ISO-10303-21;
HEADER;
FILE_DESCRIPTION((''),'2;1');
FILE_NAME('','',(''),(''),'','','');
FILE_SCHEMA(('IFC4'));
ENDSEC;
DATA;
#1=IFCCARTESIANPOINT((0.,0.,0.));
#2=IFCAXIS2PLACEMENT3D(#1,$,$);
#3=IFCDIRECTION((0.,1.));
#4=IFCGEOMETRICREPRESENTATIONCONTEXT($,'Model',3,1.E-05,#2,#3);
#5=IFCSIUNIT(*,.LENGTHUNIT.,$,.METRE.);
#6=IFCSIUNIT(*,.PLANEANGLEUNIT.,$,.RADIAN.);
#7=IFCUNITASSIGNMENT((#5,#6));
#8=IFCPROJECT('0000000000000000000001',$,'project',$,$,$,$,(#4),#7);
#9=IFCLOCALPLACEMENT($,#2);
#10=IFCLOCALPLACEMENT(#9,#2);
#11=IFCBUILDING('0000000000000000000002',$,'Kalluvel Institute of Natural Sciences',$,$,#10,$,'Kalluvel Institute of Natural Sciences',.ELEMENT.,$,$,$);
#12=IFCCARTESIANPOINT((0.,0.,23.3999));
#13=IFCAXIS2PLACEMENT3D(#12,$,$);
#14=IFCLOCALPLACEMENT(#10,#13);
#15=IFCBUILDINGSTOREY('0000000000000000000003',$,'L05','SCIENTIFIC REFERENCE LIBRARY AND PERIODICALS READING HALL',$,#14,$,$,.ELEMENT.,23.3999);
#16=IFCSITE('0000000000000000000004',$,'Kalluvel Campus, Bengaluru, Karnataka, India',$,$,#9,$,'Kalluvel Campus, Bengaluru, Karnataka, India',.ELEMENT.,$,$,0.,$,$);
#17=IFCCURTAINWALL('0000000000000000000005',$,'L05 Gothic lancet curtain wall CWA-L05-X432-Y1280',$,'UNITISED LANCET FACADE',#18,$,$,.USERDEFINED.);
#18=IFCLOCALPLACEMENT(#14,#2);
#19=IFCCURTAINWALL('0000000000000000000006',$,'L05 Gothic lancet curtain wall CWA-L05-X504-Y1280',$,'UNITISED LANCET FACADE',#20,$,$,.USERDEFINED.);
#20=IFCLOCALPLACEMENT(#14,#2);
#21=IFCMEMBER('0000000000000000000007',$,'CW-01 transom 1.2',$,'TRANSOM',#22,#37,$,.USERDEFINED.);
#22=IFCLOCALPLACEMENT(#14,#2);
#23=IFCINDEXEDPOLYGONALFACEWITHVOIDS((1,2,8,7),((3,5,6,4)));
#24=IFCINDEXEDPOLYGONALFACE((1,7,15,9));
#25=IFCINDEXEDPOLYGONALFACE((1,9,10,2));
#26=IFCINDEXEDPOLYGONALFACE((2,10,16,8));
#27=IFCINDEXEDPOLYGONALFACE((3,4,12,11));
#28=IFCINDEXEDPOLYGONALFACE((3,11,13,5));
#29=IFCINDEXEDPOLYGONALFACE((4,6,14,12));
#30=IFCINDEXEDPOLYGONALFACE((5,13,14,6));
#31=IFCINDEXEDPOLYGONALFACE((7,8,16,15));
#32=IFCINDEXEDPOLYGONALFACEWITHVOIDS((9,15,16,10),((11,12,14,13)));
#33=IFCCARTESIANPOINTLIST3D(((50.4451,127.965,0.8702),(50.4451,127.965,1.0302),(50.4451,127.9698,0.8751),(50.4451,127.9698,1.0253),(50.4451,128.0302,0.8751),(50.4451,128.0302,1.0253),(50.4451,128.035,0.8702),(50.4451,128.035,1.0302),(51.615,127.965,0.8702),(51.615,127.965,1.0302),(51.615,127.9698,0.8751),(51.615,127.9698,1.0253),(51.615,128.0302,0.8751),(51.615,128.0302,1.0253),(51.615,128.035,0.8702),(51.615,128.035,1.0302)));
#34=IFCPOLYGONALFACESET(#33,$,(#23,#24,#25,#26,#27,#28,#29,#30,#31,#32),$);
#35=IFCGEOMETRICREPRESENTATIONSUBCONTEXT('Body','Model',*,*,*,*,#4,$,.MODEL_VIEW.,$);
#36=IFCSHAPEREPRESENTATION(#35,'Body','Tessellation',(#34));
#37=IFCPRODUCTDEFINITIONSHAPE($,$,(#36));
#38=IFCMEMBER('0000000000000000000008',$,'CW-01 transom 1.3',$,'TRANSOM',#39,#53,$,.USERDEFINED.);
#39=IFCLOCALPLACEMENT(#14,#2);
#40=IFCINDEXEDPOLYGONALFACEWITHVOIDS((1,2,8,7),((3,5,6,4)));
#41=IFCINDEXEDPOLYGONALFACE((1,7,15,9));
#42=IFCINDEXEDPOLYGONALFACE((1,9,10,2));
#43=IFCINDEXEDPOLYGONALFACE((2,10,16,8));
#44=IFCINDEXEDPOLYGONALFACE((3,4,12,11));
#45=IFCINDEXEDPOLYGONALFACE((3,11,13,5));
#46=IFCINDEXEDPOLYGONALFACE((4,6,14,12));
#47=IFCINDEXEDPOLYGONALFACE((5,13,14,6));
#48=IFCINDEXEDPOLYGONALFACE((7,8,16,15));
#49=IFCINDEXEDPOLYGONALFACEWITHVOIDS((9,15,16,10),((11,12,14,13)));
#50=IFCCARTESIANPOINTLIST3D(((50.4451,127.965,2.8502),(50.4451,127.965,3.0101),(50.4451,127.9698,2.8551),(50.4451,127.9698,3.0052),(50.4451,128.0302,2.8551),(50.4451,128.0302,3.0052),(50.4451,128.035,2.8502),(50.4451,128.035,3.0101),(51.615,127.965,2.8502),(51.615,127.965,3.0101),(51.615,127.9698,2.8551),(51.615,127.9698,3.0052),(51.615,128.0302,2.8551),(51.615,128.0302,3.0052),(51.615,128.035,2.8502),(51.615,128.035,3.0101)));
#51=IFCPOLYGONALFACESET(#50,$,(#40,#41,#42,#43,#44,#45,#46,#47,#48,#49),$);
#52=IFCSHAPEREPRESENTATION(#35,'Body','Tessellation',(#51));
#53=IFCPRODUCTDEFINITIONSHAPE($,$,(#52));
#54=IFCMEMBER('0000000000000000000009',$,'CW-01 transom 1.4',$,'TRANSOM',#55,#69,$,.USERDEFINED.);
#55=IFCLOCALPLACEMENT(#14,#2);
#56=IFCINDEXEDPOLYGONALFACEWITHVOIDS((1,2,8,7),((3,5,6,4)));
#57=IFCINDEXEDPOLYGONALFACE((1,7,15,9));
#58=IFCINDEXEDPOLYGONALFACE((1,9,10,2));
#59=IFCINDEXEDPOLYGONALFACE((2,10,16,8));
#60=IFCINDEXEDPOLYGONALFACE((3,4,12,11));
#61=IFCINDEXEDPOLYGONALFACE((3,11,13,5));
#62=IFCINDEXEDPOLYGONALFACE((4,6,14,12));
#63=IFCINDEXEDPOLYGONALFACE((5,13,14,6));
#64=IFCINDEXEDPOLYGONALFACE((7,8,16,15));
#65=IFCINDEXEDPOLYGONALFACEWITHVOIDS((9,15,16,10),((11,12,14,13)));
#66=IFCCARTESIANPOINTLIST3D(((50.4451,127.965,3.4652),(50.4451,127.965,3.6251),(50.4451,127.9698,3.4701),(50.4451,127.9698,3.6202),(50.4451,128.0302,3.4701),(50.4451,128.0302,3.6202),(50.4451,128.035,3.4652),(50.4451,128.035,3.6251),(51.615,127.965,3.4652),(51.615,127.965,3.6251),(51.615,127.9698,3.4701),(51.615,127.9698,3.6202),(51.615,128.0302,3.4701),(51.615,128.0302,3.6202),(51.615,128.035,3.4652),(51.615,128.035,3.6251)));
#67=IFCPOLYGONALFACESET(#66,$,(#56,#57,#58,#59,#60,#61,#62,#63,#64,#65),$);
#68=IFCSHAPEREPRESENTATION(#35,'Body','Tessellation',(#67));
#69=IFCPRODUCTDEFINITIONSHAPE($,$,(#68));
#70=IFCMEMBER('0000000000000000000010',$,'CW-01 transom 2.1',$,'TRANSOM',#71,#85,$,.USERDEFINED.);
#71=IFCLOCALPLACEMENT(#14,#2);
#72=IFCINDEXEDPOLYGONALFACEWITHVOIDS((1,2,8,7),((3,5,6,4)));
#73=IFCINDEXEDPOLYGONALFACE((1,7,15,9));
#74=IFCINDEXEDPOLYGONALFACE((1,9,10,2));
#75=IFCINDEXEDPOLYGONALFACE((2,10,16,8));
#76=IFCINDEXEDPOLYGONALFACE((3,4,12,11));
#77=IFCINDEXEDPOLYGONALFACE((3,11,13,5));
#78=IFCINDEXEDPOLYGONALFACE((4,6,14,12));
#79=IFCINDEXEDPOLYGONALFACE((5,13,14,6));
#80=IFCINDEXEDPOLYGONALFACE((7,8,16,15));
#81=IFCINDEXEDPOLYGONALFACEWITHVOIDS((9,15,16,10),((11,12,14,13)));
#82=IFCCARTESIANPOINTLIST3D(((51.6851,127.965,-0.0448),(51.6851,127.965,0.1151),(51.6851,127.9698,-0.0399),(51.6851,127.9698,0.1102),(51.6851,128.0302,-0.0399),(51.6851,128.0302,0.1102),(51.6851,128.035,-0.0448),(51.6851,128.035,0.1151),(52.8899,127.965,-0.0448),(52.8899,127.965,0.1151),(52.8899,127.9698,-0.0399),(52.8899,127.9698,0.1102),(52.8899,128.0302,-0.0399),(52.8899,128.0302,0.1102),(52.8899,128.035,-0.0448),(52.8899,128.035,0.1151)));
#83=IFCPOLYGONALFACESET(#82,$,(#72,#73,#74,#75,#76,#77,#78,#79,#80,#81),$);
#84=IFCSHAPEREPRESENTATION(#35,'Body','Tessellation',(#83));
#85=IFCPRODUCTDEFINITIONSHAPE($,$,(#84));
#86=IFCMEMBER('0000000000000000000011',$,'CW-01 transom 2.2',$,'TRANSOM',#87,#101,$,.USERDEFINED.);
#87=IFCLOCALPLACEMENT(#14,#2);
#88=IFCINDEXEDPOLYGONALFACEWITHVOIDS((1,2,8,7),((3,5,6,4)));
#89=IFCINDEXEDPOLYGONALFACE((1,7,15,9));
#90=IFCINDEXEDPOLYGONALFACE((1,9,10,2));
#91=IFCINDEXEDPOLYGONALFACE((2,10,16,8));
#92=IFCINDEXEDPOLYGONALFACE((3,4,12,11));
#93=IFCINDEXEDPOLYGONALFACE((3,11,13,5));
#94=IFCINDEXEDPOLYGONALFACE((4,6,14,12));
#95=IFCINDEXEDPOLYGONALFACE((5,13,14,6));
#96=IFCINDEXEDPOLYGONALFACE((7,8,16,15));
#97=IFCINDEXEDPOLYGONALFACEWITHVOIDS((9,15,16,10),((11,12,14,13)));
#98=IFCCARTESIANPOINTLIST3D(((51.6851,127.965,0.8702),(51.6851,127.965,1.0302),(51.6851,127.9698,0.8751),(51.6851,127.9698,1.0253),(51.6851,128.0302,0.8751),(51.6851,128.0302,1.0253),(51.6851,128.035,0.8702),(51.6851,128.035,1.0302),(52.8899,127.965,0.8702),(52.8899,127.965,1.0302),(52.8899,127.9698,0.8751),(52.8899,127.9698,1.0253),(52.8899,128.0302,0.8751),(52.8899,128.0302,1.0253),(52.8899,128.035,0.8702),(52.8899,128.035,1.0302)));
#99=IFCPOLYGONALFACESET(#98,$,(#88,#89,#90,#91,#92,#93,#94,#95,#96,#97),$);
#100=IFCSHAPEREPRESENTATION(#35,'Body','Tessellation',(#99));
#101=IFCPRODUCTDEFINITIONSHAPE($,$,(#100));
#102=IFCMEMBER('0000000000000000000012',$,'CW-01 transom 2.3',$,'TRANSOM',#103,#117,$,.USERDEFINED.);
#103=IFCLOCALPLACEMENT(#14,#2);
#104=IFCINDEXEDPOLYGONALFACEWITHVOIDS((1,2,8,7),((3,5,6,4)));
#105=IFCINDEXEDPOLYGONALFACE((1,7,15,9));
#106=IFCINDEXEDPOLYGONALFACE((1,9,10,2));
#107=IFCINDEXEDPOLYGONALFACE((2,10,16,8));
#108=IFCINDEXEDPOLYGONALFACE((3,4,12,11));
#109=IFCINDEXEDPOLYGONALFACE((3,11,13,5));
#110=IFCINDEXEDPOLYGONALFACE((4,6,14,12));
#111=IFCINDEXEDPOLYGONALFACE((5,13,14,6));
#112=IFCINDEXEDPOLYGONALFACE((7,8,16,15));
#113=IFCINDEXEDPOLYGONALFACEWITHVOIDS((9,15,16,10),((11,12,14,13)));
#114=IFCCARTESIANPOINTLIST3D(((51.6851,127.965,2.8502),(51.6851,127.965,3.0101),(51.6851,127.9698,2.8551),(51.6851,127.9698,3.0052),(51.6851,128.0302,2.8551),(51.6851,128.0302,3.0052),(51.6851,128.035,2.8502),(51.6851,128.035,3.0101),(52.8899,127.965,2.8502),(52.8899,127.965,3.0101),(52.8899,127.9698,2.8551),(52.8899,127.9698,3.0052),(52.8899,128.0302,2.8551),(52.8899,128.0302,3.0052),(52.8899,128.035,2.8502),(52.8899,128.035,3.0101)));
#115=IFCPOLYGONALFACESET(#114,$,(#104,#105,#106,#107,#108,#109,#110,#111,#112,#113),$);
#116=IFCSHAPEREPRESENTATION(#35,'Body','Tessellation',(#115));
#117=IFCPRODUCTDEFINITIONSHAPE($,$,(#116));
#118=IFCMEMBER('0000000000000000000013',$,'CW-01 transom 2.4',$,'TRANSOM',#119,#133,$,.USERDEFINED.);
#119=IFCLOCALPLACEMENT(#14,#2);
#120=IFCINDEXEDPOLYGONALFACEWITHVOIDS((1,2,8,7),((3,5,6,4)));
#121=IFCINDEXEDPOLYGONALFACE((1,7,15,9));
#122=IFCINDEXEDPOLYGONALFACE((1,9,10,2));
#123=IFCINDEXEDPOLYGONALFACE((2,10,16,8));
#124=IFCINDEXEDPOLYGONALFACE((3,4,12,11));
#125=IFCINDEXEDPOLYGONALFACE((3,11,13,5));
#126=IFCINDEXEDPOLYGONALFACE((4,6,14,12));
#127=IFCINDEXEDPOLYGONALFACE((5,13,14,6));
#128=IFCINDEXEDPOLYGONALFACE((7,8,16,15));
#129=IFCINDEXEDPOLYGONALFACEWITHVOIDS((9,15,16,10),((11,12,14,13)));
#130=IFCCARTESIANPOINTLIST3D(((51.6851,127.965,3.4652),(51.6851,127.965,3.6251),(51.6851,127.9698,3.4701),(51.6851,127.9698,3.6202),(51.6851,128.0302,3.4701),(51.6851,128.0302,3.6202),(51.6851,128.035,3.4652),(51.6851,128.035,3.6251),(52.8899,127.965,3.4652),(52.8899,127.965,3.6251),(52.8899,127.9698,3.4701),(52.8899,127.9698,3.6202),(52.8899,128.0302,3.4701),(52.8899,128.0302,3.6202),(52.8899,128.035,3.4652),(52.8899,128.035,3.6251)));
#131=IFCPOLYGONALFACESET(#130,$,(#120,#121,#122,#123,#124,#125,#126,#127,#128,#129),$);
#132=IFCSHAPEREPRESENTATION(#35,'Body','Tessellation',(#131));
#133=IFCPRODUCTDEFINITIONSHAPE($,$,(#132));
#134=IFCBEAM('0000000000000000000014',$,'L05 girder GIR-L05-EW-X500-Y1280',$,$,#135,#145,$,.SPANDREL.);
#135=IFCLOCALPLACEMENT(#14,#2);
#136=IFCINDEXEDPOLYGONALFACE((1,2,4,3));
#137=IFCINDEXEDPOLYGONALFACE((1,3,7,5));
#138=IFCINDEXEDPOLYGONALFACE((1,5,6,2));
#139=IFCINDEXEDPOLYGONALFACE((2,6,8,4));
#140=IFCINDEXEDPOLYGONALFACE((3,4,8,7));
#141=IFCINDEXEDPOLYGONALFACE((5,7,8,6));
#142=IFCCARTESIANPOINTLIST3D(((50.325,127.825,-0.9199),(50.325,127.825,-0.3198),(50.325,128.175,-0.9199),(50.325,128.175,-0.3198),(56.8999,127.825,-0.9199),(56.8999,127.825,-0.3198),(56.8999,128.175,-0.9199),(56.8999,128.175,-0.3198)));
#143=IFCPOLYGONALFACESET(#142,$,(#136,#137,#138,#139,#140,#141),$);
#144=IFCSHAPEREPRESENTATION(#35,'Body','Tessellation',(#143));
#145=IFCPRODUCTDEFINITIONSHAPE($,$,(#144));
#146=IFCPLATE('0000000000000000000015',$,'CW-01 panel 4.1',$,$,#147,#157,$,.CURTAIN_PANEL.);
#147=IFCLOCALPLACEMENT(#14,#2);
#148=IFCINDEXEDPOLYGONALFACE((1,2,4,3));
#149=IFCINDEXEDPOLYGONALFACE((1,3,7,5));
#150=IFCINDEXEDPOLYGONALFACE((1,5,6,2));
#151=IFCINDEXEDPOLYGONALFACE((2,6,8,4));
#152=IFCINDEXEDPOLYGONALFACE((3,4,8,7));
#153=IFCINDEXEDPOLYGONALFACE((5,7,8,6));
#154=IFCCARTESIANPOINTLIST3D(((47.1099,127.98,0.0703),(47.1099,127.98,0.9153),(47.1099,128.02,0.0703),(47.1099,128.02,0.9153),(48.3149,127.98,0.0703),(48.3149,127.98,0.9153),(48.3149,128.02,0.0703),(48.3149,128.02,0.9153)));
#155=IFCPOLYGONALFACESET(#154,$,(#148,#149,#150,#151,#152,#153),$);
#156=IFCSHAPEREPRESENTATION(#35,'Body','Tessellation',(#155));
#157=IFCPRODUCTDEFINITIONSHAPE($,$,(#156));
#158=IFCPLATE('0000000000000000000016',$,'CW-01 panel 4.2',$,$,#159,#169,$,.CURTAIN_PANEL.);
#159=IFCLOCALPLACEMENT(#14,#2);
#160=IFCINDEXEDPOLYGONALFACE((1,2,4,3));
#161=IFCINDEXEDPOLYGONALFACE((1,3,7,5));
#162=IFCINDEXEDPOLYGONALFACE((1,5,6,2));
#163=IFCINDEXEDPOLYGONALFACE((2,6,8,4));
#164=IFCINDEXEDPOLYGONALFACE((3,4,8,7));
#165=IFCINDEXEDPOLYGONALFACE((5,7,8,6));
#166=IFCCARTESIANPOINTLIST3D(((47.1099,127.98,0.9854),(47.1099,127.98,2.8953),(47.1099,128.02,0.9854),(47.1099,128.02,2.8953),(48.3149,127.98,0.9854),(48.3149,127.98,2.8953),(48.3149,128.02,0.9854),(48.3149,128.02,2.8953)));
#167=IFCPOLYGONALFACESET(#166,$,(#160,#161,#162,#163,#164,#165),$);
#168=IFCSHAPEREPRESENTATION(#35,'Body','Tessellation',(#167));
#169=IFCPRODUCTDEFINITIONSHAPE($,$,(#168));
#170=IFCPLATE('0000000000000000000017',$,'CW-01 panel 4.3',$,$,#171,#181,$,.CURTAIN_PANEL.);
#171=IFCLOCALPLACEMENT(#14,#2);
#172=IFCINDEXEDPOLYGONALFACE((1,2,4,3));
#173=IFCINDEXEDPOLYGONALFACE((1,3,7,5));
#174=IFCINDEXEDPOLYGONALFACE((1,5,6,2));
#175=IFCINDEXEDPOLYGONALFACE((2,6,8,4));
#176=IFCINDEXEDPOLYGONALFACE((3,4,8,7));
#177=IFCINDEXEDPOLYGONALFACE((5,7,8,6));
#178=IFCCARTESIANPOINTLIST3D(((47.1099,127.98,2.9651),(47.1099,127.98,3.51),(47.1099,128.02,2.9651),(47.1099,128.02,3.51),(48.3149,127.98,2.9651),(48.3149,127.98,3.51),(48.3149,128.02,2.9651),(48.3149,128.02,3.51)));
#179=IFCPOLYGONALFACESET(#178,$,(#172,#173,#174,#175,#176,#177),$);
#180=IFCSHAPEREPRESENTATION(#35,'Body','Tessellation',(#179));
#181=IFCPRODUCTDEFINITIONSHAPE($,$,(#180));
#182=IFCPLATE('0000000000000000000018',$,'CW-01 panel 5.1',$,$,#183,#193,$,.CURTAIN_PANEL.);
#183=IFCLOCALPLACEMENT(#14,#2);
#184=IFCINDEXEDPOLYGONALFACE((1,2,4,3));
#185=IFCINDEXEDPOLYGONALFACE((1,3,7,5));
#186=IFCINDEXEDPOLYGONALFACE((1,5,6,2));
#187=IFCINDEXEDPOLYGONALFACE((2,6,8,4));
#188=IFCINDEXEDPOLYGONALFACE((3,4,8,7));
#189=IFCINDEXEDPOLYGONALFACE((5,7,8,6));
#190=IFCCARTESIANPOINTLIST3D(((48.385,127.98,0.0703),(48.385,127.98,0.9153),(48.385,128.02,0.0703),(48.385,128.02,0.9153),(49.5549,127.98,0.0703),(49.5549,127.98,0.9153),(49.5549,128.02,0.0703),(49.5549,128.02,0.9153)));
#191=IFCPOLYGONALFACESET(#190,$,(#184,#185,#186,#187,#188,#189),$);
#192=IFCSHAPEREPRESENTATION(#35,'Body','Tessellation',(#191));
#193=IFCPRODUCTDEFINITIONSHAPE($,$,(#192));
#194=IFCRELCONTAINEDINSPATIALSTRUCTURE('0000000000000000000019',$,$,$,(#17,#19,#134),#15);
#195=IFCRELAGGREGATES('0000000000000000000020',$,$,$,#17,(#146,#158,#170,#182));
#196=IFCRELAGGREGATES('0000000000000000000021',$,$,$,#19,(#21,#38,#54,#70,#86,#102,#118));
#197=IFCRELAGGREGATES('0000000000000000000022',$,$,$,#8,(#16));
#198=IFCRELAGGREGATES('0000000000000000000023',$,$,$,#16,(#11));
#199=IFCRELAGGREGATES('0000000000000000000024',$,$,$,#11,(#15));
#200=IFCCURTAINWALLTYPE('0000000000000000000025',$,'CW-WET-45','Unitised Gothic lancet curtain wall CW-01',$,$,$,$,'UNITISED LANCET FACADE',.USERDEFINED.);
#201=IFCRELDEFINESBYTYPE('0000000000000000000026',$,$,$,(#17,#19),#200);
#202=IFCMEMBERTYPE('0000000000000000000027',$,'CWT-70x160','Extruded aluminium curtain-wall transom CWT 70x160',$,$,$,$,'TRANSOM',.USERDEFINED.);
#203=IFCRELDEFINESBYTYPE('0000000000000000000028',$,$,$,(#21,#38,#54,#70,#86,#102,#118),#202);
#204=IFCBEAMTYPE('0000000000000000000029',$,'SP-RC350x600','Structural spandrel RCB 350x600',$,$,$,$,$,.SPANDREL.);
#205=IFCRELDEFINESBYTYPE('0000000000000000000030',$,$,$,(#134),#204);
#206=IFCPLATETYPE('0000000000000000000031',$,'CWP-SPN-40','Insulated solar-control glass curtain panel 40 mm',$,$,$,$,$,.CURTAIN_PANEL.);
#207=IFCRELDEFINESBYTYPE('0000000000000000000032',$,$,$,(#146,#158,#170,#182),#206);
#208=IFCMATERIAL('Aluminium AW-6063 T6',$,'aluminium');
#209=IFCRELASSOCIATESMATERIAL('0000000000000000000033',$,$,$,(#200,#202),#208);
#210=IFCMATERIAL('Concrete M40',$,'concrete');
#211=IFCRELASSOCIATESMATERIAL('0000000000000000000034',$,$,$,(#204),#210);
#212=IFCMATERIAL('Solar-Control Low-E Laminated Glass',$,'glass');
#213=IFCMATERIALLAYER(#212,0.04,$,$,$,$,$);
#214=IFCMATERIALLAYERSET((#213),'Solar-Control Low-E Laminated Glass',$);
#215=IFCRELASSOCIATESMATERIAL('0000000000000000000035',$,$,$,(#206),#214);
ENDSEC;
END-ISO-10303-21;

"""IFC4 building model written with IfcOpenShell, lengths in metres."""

from ifc_helpers import new_model, si_unit, direction, frame, origin, origin_2d, place, context, subcontext, project, spatial, rectangle, hollow_rectangle, extrude, material, layer, layer_set, material_profile, profile_set, type_object, element, aggregate, save


model = new_model("IFC4")

# Units and contexts
model_context = context("Model", 3, precision=1e-05, world=origin(), true_north=direction((0.0, 1.0)))
body_context = subcontext(model_context, "Body", "Model", "MODEL_VIEW")
ifc_project = project(units=[si_unit("LENGTHUNIT", "METRE"), si_unit("PLANEANGLEUNIT", "RADIAN")], contexts=[model_context])

# Site, building, storey
site_placement = place(None, origin())
site = spatial("IfcSite", under=ifc_project, at=site_placement, Name="Kalluvel Campus, Bengaluru, Karnataka, India", LongName="Kalluvel Campus, Bengaluru, Karnataka, India", CompositionType="ELEMENT", RefElevation=0.0)
building_placement = place(site_placement, origin())
building = spatial("IfcBuilding", under=site, at=building_placement, Name="Kalluvel Institute of Natural Sciences", LongName="Kalluvel Institute of Natural Sciences", CompositionType="ELEMENT")
storey_placement = place(building_placement, frame((0.0, 0.0, 23.3999)))
storey = spatial("IfcBuildingStorey", under=building, at=storey_placement, Name="L05", Description="SCIENTIFIC REFERENCE LIBRARY AND PERIODICALS READING HALL", CompositionType="ELEMENT", Elevation=23.3999)

# Shared definitions
ifc_material_1 = material(Name="Concrete M40", Category="concrete")

# Curtain walls
ifc_material_2 = material(Name="Aluminium AW-6063 T6", Category="aluminium")
curtain_wall_type = type_object("IfcCurtainWallType", Name="CW-WET-45", Description="Unitised Gothic lancet curtain wall CW-01", ElementType="UNITISED LANCET FACADE", PredefinedType="USERDEFINED", material=ifc_material_2)
curtain_wall_1_placement = place(storey_placement, origin())
curtain_wall_1 = element("IfcCurtainWall", 1, at=curtain_wall_1_placement, inside=storey, type_object=curtain_wall_type, Name="L05 Gothic lancet curtain wall CWA-L05-X432-Y1280", ObjectType="UNITISED LANCET FACADE", PredefinedType="USERDEFINED")
curtain_wall_2_placement = place(storey_placement, origin())
curtain_wall_2 = element("IfcCurtainWall", 2, at=curtain_wall_2_placement, inside=storey, type_object=curtain_wall_type, Name="L05 Gothic lancet curtain wall CWA-L05-X504-Y1280", ObjectType="UNITISED LANCET FACADE", PredefinedType="USERDEFINED")

# Members
ifc_material_profile_1 = material_profile(ifc_material_2, hollow_rectangle(XDim=0.0701, YDim=0.1599, WallThickness=0.0049, at=origin_2d()), Name="CWT 70x160")
ifc_profile_set_1 = profile_set([ifc_material_profile_1], Name="Aluminium AW-6063 T6")
member_type_1 = type_object("IfcMemberType", Name="CWT-70x160", Description="Extruded aluminium curtain-wall transom CWT 70x160", ElementType="TRANSOM", PredefinedType="USERDEFINED", material=ifc_profile_set_1)
member_1_placement = place(storey_placement, frame((50.4451, 128.0, 0.9502), z_axis=(1.0, 0.0, 0.0), x_axis=(0.0, 1.0, 0.0)))
member_1 = element("IfcMember", 3, at=member_1_placement, type_object=member_type_1, Name="CW-01 transom 1.2", ObjectType="TRANSOM", PredefinedType="USERDEFINED", context=body_context, shape_type="SweptSolid", body=[
    extrude(hollow_rectangle(XDim=0.0701, YDim=0.1599, WallThickness=0.0049, at=origin_2d()), origin(), (0.0, 0.0, 1.0), 1.1699),
])
member_2_placement = place(storey_placement, frame((50.4451, 128.0, 2.9302), z_axis=(1.0, 0.0, 0.0), x_axis=(0.0, 1.0, 0.0)))
member_2 = element("IfcMember", 4, at=member_2_placement, type_object=member_type_1, Name="CW-01 transom 1.3", ObjectType="TRANSOM", PredefinedType="USERDEFINED", context=body_context, shape_type="SweptSolid", body=[
    extrude(hollow_rectangle(XDim=0.0701, YDim=0.1599, WallThickness=0.0049, at=origin_2d()), origin(), (0.0, 0.0, 1.0), 1.1699),
])
member_3_placement = place(storey_placement, frame((50.4451, 128.0, 3.5452), z_axis=(1.0, 0.0, 0.0), x_axis=(0.0, 1.0, 0.0)))
member_3 = element("IfcMember", 5, at=member_3_placement, type_object=member_type_1, Name="CW-01 transom 1.4", ObjectType="TRANSOM", PredefinedType="USERDEFINED", context=body_context, shape_type="SweptSolid", body=[
    extrude(hollow_rectangle(XDim=0.0701, YDim=0.1599, WallThickness=0.0049, at=origin_2d()), origin(), (0.0, 0.0, 1.0), 1.1699),
])
member_4_placement = place(storey_placement, frame((51.6851, 128.0, 0.0352), z_axis=(1.0, 0.0, 0.0), x_axis=(0.0, 1.0, 0.0)))
member_4 = element("IfcMember", 6, at=member_4_placement, type_object=member_type_1, Name="CW-01 transom 2.1", ObjectType="TRANSOM", PredefinedType="USERDEFINED", context=body_context, shape_type="SweptSolid", body=[
    extrude(hollow_rectangle(XDim=0.0701, YDim=0.1599, WallThickness=0.0049, at=origin_2d()), origin(), (0.0, 0.0, 1.0), 1.2048),
])
member_5_placement = place(storey_placement, frame((51.6851, 128.0, 0.9502), z_axis=(1.0, 0.0, 0.0), x_axis=(0.0, 1.0, 0.0)))
member_5 = element("IfcMember", 7, at=member_5_placement, type_object=member_type_1, Name="CW-01 transom 2.2", ObjectType="TRANSOM", PredefinedType="USERDEFINED", context=body_context, shape_type="SweptSolid", body=[
    extrude(hollow_rectangle(XDim=0.0701, YDim=0.1599, WallThickness=0.0049, at=origin_2d()), origin(), (0.0, 0.0, 1.0), 1.2048),
])
member_6_placement = place(storey_placement, frame((51.6851, 128.0, 2.9302), z_axis=(1.0, 0.0, 0.0), x_axis=(0.0, 1.0, 0.0)))
member_6 = element("IfcMember", 8, at=member_6_placement, type_object=member_type_1, Name="CW-01 transom 2.3", ObjectType="TRANSOM", PredefinedType="USERDEFINED", context=body_context, shape_type="SweptSolid", body=[
    extrude(hollow_rectangle(XDim=0.0701, YDim=0.1599, WallThickness=0.0049, at=origin_2d()), origin(), (0.0, 0.0, 1.0), 1.2048),
])
member_7_placement = place(storey_placement, frame((51.6851, 128.0, 3.5452), z_axis=(1.0, 0.0, 0.0), x_axis=(0.0, 1.0, 0.0)))
member_7 = element("IfcMember", 9, at=member_7_placement, type_object=member_type_1, Name="CW-01 transom 2.4", ObjectType="TRANSOM", PredefinedType="USERDEFINED", context=body_context, shape_type="SweptSolid", body=[
    extrude(hollow_rectangle(XDim=0.0701, YDim=0.1599, WallThickness=0.0049, at=origin_2d()), origin(), (0.0, 0.0, 1.0), 1.2048),
])

# Beam
ifc_material_profile_2 = material_profile(ifc_material_1, rectangle(XDim=0.3501, YDim=0.6001, at=origin_2d()), Name="RCB 350x600")
ifc_profile_set_2 = profile_set([ifc_material_profile_2], Name="Concrete M40")
beam_type = type_object("IfcBeamType", Name="SP-RC350x600", Description="Structural spandrel RCB 350x600", PredefinedType="SPANDREL", material=ifc_profile_set_2)
beam_placement = place(storey_placement, frame((50.325, 128.0, -0.6199), z_axis=(1.0, 0.0, 0.0), x_axis=(0.0, 1.0, 0.0)))
element("IfcBeam", 10, at=beam_placement, inside=storey, type_object=beam_type, Name="L05 girder GIR-L05-EW-X500-Y1280", PredefinedType="SPANDREL", context=body_context, shape_type="SweptSolid", body=[
    extrude(rectangle(XDim=0.3501, YDim=0.6001, at=origin_2d()), origin(), (0.0, 0.0, 1.0), 6.575),
])

# Plates
ifc_material_3 = material(Name="Solar-Control Low-E Laminated Glass", Category="glass")
ifc_layer = layer(ifc_material_3, 0.04)
ifc_layer_set = layer_set([ifc_layer], Name="Solar-Control Low-E Laminated Glass")
plate_type = type_object("IfcPlateType", Name="CWP-SPN-40", Description="Insulated solar-control glass curtain panel 40 mm", PredefinedType="CURTAIN_PANEL", material=ifc_layer_set)
plate_1_placement = place(storey_placement, frame((47.7124, 128.0, 0.0703), z_axis=(0.0, 0.0, 1.0), x_axis=(1.0, 0.0, 0.0)))
plate_1 = element("IfcPlate", 11, at=plate_1_placement, type_object=plate_type, Name="CW-01 panel 4.1", PredefinedType="CURTAIN_PANEL", context=body_context, shape_type="SweptSolid", body=[
    extrude(rectangle(XDim=1.2051, YDim=0.04, at=origin_2d()), origin(), (0.0, 0.0, 1.0), 0.845),
])
plate_2_placement = place(storey_placement, frame((47.7124, 128.0, 0.9854), z_axis=(0.0, 0.0, 1.0), x_axis=(1.0, 0.0, 0.0)))
plate_2 = element("IfcPlate", 12, at=plate_2_placement, type_object=plate_type, Name="CW-01 panel 4.2", PredefinedType="CURTAIN_PANEL", context=body_context, shape_type="SweptSolid", body=[
    extrude(rectangle(XDim=1.2051, YDim=0.04, at=origin_2d()), origin(), (0.0, 0.0, 1.0), 1.9099),
])
plate_3_placement = place(storey_placement, frame((47.7124, 128.0, 2.9651), z_axis=(0.0, 0.0, 1.0), x_axis=(1.0, 0.0, 0.0)))
plate_3 = element("IfcPlate", 13, at=plate_3_placement, type_object=plate_type, Name="CW-01 panel 4.3", PredefinedType="CURTAIN_PANEL", context=body_context, shape_type="SweptSolid", body=[
    extrude(rectangle(XDim=1.2051, YDim=0.04, at=origin_2d()), origin(), (0.0, 0.0, 1.0), 0.5449),
])
plate_4_placement = place(storey_placement, frame((48.97, 128.0, 0.0703), z_axis=(0.0, 0.0, 1.0), x_axis=(1.0, 0.0, 0.0)))
plate_4 = element("IfcPlate", 14, at=plate_4_placement, type_object=plate_type, Name="CW-01 panel 5.1", PredefinedType="CURTAIN_PANEL", context=body_context, shape_type="SweptSolid", body=[
    extrude(rectangle(XDim=1.1699, YDim=0.04, at=origin_2d()), origin(), (0.0, 0.0, 1.0), 0.845),
])
aggregate(curtain_wall_1, [plate_1, plate_2, plate_3, plate_4])
aggregate(curtain_wall_2, [member_1, member_2, member_3, member_4, member_5, member_6, member_7])

save(model, "model.ifc")
